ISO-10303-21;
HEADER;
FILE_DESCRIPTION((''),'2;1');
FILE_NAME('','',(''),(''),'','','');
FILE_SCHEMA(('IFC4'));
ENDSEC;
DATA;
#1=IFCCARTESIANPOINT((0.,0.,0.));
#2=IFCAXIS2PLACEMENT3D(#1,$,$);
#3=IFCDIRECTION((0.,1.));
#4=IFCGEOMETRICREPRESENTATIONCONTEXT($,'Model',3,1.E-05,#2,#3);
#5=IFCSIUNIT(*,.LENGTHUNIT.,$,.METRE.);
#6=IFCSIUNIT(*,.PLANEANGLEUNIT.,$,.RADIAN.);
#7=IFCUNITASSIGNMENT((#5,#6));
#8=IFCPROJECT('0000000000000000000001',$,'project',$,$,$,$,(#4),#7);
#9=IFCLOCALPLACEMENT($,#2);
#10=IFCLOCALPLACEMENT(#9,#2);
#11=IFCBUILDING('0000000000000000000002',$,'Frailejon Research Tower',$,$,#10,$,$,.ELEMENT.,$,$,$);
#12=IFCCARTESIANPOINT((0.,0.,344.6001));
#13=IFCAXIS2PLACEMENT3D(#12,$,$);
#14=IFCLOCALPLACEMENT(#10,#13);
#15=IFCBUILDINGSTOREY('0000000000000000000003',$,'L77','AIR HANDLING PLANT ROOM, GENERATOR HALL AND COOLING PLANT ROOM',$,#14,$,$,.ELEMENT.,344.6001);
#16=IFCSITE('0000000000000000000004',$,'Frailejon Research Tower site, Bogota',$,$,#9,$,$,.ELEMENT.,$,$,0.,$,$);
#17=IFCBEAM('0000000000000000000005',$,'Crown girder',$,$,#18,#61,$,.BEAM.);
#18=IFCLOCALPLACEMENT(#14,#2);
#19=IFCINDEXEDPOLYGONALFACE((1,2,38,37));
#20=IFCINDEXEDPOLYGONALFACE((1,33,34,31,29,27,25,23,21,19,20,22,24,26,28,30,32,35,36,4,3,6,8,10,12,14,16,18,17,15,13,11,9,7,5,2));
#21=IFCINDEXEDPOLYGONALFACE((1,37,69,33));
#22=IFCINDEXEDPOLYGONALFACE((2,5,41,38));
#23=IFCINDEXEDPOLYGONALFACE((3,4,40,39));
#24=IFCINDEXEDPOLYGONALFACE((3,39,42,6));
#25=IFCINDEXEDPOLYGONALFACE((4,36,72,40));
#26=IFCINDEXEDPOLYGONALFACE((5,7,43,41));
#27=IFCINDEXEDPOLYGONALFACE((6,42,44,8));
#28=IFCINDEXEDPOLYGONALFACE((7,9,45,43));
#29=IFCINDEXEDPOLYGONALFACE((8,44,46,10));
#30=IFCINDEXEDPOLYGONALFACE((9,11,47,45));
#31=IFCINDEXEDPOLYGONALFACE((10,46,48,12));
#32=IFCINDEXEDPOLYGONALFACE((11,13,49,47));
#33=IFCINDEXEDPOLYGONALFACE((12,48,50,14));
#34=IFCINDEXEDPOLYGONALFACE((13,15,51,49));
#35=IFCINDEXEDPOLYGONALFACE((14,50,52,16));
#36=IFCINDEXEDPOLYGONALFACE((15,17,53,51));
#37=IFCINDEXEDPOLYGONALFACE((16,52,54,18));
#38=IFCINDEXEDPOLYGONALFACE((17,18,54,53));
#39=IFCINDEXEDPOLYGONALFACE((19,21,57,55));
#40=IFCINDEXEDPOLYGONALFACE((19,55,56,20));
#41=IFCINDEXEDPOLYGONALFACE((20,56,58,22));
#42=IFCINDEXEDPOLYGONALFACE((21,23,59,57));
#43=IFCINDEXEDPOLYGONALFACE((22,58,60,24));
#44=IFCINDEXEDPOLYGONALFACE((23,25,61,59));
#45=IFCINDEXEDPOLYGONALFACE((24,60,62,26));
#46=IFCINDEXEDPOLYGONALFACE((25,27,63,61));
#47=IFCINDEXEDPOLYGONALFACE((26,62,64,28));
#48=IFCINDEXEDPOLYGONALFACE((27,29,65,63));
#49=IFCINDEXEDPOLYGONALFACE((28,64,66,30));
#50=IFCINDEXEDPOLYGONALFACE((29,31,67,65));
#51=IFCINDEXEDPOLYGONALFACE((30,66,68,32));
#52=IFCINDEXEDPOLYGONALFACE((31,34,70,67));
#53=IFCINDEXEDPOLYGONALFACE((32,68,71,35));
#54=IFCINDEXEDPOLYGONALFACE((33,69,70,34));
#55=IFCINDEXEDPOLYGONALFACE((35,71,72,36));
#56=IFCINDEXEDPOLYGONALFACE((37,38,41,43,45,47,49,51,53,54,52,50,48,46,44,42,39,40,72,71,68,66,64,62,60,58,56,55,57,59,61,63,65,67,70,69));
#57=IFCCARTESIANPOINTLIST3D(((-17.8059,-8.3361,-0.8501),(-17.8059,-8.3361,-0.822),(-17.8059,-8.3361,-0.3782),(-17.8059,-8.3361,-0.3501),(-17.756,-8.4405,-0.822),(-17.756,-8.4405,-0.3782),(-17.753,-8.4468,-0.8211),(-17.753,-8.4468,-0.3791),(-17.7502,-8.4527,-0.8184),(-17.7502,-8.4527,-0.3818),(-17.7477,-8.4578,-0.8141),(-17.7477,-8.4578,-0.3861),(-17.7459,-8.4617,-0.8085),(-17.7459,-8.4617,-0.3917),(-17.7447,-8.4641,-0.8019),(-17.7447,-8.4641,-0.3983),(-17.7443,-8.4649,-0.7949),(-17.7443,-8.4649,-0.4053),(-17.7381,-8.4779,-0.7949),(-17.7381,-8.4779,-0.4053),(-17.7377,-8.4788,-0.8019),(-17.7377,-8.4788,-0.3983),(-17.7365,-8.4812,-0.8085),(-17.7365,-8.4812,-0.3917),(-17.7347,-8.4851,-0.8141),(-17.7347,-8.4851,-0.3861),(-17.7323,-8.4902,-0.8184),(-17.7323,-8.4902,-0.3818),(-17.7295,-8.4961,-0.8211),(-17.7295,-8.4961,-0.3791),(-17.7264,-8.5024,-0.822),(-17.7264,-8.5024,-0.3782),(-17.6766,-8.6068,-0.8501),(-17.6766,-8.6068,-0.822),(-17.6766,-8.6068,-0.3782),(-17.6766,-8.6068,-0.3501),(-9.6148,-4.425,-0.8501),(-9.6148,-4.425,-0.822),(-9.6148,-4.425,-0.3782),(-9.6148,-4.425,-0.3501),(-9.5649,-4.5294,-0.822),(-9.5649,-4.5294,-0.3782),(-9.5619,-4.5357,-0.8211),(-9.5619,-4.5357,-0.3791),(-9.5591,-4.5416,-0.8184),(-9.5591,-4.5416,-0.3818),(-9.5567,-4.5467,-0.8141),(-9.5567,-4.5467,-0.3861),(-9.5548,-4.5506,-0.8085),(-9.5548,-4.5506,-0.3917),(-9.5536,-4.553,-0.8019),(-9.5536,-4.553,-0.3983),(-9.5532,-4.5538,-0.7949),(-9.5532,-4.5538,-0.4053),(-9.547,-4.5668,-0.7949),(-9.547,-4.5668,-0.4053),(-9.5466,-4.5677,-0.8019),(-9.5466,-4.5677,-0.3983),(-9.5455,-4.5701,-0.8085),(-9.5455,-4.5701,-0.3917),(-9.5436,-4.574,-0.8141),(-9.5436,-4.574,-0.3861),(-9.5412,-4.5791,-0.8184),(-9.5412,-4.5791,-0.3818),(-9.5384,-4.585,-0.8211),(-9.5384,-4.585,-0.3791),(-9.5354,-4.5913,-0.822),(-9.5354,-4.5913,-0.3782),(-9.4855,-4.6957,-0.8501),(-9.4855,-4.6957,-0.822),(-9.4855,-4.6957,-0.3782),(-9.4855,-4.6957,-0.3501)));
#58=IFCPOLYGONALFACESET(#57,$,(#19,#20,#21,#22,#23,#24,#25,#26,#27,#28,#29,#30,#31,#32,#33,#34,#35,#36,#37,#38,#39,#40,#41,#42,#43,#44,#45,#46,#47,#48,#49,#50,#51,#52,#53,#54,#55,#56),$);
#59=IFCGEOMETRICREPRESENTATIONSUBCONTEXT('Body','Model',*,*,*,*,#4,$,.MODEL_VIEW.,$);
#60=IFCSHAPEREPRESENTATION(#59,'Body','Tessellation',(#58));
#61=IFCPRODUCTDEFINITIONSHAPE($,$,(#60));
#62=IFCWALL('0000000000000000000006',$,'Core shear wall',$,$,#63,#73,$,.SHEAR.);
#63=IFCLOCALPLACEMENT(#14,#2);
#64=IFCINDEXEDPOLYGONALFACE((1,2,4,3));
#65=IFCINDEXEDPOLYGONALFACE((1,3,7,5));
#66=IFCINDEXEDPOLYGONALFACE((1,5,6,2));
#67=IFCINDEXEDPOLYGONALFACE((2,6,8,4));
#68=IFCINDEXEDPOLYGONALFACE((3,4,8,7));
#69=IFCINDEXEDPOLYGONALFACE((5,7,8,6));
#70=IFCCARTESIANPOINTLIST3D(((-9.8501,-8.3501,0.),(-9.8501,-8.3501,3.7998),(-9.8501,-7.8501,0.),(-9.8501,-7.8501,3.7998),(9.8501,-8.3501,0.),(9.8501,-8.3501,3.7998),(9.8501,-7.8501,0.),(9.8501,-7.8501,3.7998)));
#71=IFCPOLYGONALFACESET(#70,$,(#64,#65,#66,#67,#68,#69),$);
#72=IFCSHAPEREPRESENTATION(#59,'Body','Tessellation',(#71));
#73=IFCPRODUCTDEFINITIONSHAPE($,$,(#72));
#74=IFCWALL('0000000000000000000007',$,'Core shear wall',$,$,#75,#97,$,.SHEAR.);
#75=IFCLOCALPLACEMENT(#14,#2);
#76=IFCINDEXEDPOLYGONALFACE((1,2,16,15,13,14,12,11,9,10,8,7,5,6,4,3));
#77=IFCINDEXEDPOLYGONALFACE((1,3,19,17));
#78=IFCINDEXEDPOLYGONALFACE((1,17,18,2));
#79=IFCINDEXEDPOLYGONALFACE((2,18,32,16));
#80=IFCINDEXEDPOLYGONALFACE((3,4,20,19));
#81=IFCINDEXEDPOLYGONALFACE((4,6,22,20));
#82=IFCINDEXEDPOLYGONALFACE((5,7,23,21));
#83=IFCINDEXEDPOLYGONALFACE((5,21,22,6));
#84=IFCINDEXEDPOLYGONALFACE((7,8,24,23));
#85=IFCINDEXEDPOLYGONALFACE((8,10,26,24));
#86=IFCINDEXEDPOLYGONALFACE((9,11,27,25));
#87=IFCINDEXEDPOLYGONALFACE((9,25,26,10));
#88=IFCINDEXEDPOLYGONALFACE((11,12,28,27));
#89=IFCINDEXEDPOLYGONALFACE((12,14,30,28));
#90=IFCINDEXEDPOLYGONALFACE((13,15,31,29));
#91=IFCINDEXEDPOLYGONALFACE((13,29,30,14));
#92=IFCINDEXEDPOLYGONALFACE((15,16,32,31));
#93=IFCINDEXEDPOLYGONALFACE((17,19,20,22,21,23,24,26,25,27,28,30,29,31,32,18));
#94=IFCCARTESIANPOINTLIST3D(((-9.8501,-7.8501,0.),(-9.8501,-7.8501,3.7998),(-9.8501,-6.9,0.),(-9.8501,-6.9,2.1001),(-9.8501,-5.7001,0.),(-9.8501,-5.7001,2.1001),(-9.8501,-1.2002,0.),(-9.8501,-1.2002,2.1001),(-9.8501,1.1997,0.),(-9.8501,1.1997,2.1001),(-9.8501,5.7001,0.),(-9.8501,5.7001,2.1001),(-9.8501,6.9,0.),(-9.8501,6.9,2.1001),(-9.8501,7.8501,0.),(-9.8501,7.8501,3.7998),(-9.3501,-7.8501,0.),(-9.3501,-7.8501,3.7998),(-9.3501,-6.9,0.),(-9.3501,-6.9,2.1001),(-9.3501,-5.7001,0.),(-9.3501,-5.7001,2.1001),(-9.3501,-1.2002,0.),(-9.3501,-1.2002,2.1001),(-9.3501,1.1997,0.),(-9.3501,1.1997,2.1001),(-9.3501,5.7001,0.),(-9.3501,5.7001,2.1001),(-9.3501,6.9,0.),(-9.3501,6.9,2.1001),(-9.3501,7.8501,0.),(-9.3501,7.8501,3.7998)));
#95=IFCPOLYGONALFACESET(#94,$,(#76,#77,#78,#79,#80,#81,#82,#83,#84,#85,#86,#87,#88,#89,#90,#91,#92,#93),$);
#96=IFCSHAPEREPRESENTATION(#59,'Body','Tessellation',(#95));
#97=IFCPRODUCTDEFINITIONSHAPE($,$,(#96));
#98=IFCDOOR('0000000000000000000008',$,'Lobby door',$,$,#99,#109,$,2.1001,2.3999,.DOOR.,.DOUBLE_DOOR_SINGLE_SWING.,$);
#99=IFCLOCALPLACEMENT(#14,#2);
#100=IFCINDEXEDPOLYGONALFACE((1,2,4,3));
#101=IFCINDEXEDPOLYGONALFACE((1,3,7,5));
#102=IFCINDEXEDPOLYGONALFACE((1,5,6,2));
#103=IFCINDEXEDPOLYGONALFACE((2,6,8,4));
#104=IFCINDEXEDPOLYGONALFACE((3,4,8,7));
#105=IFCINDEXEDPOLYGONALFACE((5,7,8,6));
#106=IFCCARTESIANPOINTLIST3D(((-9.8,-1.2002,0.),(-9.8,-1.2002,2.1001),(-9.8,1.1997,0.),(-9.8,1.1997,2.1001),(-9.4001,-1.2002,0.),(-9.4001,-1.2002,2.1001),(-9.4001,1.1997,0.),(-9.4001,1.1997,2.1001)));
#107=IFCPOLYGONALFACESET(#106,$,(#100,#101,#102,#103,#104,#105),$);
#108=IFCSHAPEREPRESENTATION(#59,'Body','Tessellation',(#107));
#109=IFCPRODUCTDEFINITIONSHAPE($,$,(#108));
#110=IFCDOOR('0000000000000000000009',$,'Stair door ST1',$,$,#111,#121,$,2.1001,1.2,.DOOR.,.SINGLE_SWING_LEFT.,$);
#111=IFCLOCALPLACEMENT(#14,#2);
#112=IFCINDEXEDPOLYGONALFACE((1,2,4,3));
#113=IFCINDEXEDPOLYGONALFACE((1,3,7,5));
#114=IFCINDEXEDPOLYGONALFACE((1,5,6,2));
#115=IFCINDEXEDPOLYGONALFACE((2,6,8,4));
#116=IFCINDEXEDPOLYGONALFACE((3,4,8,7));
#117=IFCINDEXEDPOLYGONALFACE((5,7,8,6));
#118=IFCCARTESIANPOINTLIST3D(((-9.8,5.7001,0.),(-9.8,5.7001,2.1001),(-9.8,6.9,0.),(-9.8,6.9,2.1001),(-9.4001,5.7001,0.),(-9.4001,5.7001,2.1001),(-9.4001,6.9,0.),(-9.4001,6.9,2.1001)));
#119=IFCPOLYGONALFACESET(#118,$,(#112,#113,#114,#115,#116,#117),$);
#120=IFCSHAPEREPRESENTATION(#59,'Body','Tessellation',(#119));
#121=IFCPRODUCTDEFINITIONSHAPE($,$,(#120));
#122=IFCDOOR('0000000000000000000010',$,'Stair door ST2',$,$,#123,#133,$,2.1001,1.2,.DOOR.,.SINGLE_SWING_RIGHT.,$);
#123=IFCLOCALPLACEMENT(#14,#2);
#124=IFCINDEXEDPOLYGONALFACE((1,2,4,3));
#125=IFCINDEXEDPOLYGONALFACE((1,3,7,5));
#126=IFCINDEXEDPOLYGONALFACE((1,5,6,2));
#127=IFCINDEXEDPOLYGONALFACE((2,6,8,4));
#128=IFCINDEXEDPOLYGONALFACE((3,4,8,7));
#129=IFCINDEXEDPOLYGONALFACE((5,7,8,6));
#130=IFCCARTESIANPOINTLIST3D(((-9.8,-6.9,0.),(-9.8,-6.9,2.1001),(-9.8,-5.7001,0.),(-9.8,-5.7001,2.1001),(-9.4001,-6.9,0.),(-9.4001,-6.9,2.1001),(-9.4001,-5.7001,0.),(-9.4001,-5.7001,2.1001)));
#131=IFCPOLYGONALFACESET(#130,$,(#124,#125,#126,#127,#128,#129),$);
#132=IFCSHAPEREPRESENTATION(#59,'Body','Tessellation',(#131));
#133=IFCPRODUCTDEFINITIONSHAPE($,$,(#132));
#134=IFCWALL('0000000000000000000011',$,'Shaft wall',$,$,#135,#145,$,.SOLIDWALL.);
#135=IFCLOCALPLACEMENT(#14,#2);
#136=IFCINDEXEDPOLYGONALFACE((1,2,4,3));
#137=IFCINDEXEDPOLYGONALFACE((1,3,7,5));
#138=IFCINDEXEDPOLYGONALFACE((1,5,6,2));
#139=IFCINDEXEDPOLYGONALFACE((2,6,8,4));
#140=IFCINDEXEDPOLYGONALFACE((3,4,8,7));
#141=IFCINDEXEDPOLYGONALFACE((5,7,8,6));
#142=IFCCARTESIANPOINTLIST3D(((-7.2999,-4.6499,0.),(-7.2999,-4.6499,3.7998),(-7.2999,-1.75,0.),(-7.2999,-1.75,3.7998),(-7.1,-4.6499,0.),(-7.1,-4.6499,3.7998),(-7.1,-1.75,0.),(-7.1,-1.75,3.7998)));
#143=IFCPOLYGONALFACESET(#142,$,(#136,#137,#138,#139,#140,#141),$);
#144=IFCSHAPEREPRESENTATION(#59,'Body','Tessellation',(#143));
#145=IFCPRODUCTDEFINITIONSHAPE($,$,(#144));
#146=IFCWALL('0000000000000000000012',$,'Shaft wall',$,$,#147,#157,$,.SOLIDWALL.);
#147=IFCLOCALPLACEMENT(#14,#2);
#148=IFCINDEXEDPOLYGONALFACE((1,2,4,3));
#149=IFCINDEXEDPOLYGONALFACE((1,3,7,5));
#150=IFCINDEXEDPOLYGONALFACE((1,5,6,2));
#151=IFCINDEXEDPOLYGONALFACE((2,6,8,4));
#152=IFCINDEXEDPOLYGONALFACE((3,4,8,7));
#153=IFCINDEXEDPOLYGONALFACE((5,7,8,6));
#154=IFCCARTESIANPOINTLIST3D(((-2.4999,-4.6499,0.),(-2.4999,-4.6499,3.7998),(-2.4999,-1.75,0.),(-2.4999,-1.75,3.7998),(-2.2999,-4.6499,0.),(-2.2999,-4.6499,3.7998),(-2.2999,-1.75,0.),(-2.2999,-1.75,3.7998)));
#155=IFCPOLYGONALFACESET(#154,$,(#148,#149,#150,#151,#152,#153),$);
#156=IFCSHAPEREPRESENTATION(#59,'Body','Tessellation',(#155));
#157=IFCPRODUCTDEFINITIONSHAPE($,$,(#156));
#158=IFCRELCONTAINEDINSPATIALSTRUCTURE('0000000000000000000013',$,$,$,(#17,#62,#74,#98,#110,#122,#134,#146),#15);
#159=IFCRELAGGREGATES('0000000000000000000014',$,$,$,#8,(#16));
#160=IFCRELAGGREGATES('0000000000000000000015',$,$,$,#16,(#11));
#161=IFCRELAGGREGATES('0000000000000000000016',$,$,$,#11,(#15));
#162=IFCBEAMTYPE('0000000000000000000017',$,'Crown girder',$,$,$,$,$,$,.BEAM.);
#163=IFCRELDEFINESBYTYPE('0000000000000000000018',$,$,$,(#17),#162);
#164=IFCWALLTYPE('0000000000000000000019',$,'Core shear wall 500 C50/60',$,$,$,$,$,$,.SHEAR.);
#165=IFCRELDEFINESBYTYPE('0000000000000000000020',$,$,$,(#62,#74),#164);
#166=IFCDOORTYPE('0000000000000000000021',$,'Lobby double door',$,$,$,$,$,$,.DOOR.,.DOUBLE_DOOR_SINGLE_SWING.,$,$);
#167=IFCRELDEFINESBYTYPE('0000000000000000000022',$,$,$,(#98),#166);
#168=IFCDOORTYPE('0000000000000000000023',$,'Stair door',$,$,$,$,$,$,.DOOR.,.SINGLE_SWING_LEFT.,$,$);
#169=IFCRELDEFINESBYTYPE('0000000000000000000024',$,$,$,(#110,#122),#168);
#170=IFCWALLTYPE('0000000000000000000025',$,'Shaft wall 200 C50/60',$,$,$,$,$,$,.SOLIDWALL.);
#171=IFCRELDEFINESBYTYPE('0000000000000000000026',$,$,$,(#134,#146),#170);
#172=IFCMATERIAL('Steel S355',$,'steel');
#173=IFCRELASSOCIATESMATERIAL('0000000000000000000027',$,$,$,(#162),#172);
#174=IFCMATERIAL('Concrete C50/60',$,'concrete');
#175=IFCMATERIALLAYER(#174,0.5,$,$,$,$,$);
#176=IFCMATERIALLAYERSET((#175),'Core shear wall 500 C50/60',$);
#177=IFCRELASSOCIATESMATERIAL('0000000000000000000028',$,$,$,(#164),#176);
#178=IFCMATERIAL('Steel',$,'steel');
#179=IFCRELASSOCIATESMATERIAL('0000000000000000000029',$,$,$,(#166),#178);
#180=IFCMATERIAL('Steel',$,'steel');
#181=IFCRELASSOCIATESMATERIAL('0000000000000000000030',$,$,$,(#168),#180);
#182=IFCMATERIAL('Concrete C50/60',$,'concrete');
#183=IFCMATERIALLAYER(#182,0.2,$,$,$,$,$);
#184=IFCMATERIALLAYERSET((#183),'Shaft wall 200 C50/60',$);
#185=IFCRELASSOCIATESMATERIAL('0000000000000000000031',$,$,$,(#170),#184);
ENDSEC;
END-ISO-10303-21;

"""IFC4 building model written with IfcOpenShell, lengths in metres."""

from ifc_helpers import new_model, si_unit, direction, frame, frame_2d, origin, origin_2d, place, context, subcontext, project, spatial, rectangle, i_section, extrude, material, layer, layer_set, material_profile, profile_set, type_object, element, fill, save


model = new_model("IFC4")

# Units and contexts
model_context = context("Model", 3, precision=1e-05, world=origin(), true_north=direction((0.0, 1.0)))
body_context = subcontext(model_context, "Body", "Model", "MODEL_VIEW")
ifc_project = project(units=[si_unit("LENGTHUNIT", "METRE"), si_unit("PLANEANGLEUNIT", "RADIAN")], contexts=[model_context])

# Site, building, storey
site_placement = place(None, origin())
site = spatial("IfcSite", under=ifc_project, at=site_placement, Name="Frailejon Research Tower site, Bogota", CompositionType="ELEMENT", RefElevation=0.0)
building_placement = place(site_placement, origin())
building = spatial("IfcBuilding", under=site, at=building_placement, Name="Frailejon Research Tower", CompositionType="ELEMENT")
storey_placement = place(building_placement, frame((0.0, 0.0, 344.6001)))
storey = spatial("IfcBuildingStorey", under=building, at=storey_placement, Name="L77", Description="AIR HANDLING PLANT ROOM, GENERATOR HALL AND COOLING PLANT ROOM", CompositionType="ELEMENT", Elevation=344.6001)

# Beam
ifc_material_1 = material(Name="Steel S355", Category="steel")
ifc_material_profile = material_profile(ifc_material_1, i_section(OverallWidth=0.3, OverallDepth=0.5, WebThickness=0.0144, FlangeThickness=0.0281, FilletRadius=0.0271, at=origin_2d()), Name="HE 500 B")
ifc_profile_set = profile_set([ifc_material_profile], Name="Steel S355")
beam_type = type_object("IfcBeamType", Name="Crown girder", PredefinedType="BEAM", material=ifc_profile_set)
beam_placement = place(storey_placement, frame((-17.7412, -8.4714, -0.6001), z_axis=(0.902408, 0.430883, 0.0), x_axis=(-0.430883, 0.902408, 0.0)))
element("IfcBeam", 1, at=beam_placement, inside=storey, type_object=beam_type, Name="Crown girder", PredefinedType="BEAM", context=body_context, shape_type="SweptSolid", body=[
    extrude(i_section(OverallWidth=0.3, OverallDepth=0.5, WebThickness=0.0144, FlangeThickness=0.0281, FilletRadius=0.0271, at=origin_2d()), origin(), (0.0, 0.0, 1.0), 9.0769),
])

# Wall
ifc_material_2 = material(Name="Concrete C50/60", Category="concrete")
ifc_layer_1 = layer(ifc_material_2, 0.5)
ifc_layer_set_1 = layer_set([ifc_layer_1], Name="Core shear wall 500 C50/60")
wall_type_1 = type_object("IfcWallType", Name="Core shear wall 500 C50/60", PredefinedType="SHEAR", material=ifc_layer_set_1)
wall_1_placement = place(storey_placement, frame((-9.8501, -8.1001, 0.0), z_axis=(0.0, 0.0, 1.0), x_axis=(1.0, 0.0, 0.0)))
element("IfcWall", 2, at=wall_1_placement, inside=storey, type_object=wall_type_1, Name="Core shear wall", PredefinedType="SHEAR", context=body_context, shape_type="SweptSolid", body=[
    extrude(rectangle(XDim=19.7002, YDim=0.5, at=frame_2d((9.8501, 0.0))), origin(), (0.0, 0.0, 1.0), 3.7998),
])

# Wall, openings, doors
wall_2_placement = place(storey_placement, frame((-9.6001, -7.8501, 0.0), z_axis=(0.0, 0.0, 1.0), x_axis=(0.0, 1.0, 0.0)))
wall_2 = element("IfcWall", 3, at=wall_2_placement, inside=storey, type_object=wall_type_1, Name="Core shear wall", PredefinedType="SHEAR", context=body_context, shape_type="SweptSolid", body=[
    extrude(rectangle(XDim=15.7002, YDim=0.5, at=frame_2d((7.8501, 0.0))), origin(), (0.0, 0.0, 1.0), 3.7998),
])
opening_1_placement = place(wall_2_placement, frame((6.6499, 0.0, 0.0)))
opening_1 = element("IfcOpeningElement", 4, at=opening_1_placement, cuts=wall_2, PredefinedType="OPENING", context=body_context, shape_type="SweptSolid", body=[
    extrude(rectangle(XDim=2.3999, YDim=2.1001, at=frame_2d((1.2, 1.05))), frame((0.0, 0.26, 0.0), z_axis=(0.0, -1.0, 0.0), x_axis=(1.0, 0.0, 0.0)), (0.0, 0.0, 1.0), 0.52),
])
opening_2_placement = place(wall_2_placement, frame((13.55, 0.0, 0.0)))
opening_2 = element("IfcOpeningElement", 5, at=opening_2_placement, cuts=wall_2, PredefinedType="OPENING", context=body_context, shape_type="SweptSolid", body=[
    extrude(rectangle(XDim=1.2, YDim=2.1001, at=frame_2d((0.6001, 1.05))), frame((0.0, 0.26, 0.0), z_axis=(0.0, -1.0, 0.0), x_axis=(1.0, 0.0, 0.0)), (0.0, 0.0, 1.0), 0.52),
])
opening_3_placement = place(wall_2_placement, frame((0.95, 0.0, 0.0)))
opening_3 = element("IfcOpeningElement", 6, at=opening_3_placement, cuts=wall_2, PredefinedType="OPENING", context=body_context, shape_type="SweptSolid", body=[
    extrude(rectangle(XDim=1.2, YDim=2.1001, at=frame_2d((0.6001, 1.05))), frame((0.0, 0.26, 0.0), z_axis=(0.0, -1.0, 0.0), x_axis=(1.0, 0.0, 0.0)), (0.0, 0.0, 1.0), 0.52),
])
ifc_material_3 = material(Name="Steel", Category="steel")
door_type_1 = type_object("IfcDoorType", Name="Lobby double door", OperationType="DOUBLE_DOOR_SINGLE_SWING", PredefinedType="DOOR", material=ifc_material_3)
door_1_placement = place(opening_1_placement, origin())
door_1 = element("IfcDoor", 7, at=door_1_placement, inside=storey, type_object=door_type_1, Name="Lobby door", OperationType="DOUBLE_DOOR_SINGLE_SWING", OverallHeight=2.1001, OverallWidth=2.3999, PredefinedType="DOOR", context=body_context, shape_type="SweptSolid", body=[
    extrude(rectangle(XDim=2.3999, YDim=2.1001, at=frame_2d((1.2, 1.05))), frame((0.0, 0.2, 0.0), z_axis=(0.0, -1.0, 0.0), x_axis=(1.0, 0.0, 0.0)), (0.0, 0.0, 1.0), 0.3999),
])
fill(opening_1, door_1)
ifc_material_4 = material(Name="Steel", Category="steel")
door_type_2 = type_object("IfcDoorType", Name="Stair door", OperationType="SINGLE_SWING_LEFT", PredefinedType="DOOR", material=ifc_material_4)
door_2_placement = place(opening_2_placement, origin())
door_2 = element("IfcDoor", 8, at=door_2_placement, inside=storey, type_object=door_type_2, Name="Stair door ST1", OperationType="SINGLE_SWING_LEFT", OverallHeight=2.1001, OverallWidth=1.2, PredefinedType="DOOR", context=body_context, shape_type="SweptSolid", body=[
    extrude(rectangle(XDim=1.2, YDim=2.1001, at=frame_2d((0.6001, 1.05))), frame((0.0, 0.2, 0.0), z_axis=(0.0, -1.0, 0.0), x_axis=(1.0, 0.0, 0.0)), (0.0, 0.0, 1.0), 0.3999),
])
fill(opening_2, door_2)
door_3_placement = place(opening_3_placement, origin())
door_3 = element("IfcDoor", 9, at=door_3_placement, inside=storey, type_object=door_type_2, Name="Stair door ST2", OperationType="SINGLE_SWING_RIGHT", OverallHeight=2.1001, OverallWidth=1.2, PredefinedType="DOOR", context=body_context, shape_type="SweptSolid", body=[
    extrude(rectangle(XDim=1.2, YDim=2.1001, at=frame_2d((0.6001, 1.05))), frame((0.0, 0.2, 0.0), z_axis=(0.0, -1.0, 0.0), x_axis=(1.0, 0.0, 0.0)), (0.0, 0.0, 1.0), 0.3999),
])
fill(opening_3, door_3)

# Walls
ifc_material_5 = material(Name="Concrete C50/60", Category="concrete")
ifc_layer_2 = layer(ifc_material_5, 0.2)
ifc_layer_set_2 = layer_set([ifc_layer_2], Name="Shaft wall 200 C50/60")
wall_type_2 = type_object("IfcWallType", Name="Shaft wall 200 C50/60", PredefinedType="SOLIDWALL", material=ifc_layer_set_2)
for number, where, z_axis, x_axis, name in (
    (10, (-7.2, -4.6499, 0.0), (0.0, 0.0, 1.0), (0.0, 1.0, 0.0), "Shaft wall"),
    (11, (-2.3999, -4.6499, 0.0), (0.0, 0.0, 1.0), (0.0, 1.0, 0.0), "Shaft wall"),
):
    element("IfcWall", number, at=place(storey_placement, frame(where, z_axis=z_axis, x_axis=x_axis)), inside=storey, type_object=wall_type_2, Name=name, PredefinedType="SOLIDWALL", context=body_context, shape_type="SweptSolid", body=[
        extrude(rectangle(XDim=2.8999, YDim=0.2, at=frame_2d((1.45, 0.0))), origin(), (0.0, 0.0, 1.0), 3.7998),
    ])

save(model, "model.ifc")
